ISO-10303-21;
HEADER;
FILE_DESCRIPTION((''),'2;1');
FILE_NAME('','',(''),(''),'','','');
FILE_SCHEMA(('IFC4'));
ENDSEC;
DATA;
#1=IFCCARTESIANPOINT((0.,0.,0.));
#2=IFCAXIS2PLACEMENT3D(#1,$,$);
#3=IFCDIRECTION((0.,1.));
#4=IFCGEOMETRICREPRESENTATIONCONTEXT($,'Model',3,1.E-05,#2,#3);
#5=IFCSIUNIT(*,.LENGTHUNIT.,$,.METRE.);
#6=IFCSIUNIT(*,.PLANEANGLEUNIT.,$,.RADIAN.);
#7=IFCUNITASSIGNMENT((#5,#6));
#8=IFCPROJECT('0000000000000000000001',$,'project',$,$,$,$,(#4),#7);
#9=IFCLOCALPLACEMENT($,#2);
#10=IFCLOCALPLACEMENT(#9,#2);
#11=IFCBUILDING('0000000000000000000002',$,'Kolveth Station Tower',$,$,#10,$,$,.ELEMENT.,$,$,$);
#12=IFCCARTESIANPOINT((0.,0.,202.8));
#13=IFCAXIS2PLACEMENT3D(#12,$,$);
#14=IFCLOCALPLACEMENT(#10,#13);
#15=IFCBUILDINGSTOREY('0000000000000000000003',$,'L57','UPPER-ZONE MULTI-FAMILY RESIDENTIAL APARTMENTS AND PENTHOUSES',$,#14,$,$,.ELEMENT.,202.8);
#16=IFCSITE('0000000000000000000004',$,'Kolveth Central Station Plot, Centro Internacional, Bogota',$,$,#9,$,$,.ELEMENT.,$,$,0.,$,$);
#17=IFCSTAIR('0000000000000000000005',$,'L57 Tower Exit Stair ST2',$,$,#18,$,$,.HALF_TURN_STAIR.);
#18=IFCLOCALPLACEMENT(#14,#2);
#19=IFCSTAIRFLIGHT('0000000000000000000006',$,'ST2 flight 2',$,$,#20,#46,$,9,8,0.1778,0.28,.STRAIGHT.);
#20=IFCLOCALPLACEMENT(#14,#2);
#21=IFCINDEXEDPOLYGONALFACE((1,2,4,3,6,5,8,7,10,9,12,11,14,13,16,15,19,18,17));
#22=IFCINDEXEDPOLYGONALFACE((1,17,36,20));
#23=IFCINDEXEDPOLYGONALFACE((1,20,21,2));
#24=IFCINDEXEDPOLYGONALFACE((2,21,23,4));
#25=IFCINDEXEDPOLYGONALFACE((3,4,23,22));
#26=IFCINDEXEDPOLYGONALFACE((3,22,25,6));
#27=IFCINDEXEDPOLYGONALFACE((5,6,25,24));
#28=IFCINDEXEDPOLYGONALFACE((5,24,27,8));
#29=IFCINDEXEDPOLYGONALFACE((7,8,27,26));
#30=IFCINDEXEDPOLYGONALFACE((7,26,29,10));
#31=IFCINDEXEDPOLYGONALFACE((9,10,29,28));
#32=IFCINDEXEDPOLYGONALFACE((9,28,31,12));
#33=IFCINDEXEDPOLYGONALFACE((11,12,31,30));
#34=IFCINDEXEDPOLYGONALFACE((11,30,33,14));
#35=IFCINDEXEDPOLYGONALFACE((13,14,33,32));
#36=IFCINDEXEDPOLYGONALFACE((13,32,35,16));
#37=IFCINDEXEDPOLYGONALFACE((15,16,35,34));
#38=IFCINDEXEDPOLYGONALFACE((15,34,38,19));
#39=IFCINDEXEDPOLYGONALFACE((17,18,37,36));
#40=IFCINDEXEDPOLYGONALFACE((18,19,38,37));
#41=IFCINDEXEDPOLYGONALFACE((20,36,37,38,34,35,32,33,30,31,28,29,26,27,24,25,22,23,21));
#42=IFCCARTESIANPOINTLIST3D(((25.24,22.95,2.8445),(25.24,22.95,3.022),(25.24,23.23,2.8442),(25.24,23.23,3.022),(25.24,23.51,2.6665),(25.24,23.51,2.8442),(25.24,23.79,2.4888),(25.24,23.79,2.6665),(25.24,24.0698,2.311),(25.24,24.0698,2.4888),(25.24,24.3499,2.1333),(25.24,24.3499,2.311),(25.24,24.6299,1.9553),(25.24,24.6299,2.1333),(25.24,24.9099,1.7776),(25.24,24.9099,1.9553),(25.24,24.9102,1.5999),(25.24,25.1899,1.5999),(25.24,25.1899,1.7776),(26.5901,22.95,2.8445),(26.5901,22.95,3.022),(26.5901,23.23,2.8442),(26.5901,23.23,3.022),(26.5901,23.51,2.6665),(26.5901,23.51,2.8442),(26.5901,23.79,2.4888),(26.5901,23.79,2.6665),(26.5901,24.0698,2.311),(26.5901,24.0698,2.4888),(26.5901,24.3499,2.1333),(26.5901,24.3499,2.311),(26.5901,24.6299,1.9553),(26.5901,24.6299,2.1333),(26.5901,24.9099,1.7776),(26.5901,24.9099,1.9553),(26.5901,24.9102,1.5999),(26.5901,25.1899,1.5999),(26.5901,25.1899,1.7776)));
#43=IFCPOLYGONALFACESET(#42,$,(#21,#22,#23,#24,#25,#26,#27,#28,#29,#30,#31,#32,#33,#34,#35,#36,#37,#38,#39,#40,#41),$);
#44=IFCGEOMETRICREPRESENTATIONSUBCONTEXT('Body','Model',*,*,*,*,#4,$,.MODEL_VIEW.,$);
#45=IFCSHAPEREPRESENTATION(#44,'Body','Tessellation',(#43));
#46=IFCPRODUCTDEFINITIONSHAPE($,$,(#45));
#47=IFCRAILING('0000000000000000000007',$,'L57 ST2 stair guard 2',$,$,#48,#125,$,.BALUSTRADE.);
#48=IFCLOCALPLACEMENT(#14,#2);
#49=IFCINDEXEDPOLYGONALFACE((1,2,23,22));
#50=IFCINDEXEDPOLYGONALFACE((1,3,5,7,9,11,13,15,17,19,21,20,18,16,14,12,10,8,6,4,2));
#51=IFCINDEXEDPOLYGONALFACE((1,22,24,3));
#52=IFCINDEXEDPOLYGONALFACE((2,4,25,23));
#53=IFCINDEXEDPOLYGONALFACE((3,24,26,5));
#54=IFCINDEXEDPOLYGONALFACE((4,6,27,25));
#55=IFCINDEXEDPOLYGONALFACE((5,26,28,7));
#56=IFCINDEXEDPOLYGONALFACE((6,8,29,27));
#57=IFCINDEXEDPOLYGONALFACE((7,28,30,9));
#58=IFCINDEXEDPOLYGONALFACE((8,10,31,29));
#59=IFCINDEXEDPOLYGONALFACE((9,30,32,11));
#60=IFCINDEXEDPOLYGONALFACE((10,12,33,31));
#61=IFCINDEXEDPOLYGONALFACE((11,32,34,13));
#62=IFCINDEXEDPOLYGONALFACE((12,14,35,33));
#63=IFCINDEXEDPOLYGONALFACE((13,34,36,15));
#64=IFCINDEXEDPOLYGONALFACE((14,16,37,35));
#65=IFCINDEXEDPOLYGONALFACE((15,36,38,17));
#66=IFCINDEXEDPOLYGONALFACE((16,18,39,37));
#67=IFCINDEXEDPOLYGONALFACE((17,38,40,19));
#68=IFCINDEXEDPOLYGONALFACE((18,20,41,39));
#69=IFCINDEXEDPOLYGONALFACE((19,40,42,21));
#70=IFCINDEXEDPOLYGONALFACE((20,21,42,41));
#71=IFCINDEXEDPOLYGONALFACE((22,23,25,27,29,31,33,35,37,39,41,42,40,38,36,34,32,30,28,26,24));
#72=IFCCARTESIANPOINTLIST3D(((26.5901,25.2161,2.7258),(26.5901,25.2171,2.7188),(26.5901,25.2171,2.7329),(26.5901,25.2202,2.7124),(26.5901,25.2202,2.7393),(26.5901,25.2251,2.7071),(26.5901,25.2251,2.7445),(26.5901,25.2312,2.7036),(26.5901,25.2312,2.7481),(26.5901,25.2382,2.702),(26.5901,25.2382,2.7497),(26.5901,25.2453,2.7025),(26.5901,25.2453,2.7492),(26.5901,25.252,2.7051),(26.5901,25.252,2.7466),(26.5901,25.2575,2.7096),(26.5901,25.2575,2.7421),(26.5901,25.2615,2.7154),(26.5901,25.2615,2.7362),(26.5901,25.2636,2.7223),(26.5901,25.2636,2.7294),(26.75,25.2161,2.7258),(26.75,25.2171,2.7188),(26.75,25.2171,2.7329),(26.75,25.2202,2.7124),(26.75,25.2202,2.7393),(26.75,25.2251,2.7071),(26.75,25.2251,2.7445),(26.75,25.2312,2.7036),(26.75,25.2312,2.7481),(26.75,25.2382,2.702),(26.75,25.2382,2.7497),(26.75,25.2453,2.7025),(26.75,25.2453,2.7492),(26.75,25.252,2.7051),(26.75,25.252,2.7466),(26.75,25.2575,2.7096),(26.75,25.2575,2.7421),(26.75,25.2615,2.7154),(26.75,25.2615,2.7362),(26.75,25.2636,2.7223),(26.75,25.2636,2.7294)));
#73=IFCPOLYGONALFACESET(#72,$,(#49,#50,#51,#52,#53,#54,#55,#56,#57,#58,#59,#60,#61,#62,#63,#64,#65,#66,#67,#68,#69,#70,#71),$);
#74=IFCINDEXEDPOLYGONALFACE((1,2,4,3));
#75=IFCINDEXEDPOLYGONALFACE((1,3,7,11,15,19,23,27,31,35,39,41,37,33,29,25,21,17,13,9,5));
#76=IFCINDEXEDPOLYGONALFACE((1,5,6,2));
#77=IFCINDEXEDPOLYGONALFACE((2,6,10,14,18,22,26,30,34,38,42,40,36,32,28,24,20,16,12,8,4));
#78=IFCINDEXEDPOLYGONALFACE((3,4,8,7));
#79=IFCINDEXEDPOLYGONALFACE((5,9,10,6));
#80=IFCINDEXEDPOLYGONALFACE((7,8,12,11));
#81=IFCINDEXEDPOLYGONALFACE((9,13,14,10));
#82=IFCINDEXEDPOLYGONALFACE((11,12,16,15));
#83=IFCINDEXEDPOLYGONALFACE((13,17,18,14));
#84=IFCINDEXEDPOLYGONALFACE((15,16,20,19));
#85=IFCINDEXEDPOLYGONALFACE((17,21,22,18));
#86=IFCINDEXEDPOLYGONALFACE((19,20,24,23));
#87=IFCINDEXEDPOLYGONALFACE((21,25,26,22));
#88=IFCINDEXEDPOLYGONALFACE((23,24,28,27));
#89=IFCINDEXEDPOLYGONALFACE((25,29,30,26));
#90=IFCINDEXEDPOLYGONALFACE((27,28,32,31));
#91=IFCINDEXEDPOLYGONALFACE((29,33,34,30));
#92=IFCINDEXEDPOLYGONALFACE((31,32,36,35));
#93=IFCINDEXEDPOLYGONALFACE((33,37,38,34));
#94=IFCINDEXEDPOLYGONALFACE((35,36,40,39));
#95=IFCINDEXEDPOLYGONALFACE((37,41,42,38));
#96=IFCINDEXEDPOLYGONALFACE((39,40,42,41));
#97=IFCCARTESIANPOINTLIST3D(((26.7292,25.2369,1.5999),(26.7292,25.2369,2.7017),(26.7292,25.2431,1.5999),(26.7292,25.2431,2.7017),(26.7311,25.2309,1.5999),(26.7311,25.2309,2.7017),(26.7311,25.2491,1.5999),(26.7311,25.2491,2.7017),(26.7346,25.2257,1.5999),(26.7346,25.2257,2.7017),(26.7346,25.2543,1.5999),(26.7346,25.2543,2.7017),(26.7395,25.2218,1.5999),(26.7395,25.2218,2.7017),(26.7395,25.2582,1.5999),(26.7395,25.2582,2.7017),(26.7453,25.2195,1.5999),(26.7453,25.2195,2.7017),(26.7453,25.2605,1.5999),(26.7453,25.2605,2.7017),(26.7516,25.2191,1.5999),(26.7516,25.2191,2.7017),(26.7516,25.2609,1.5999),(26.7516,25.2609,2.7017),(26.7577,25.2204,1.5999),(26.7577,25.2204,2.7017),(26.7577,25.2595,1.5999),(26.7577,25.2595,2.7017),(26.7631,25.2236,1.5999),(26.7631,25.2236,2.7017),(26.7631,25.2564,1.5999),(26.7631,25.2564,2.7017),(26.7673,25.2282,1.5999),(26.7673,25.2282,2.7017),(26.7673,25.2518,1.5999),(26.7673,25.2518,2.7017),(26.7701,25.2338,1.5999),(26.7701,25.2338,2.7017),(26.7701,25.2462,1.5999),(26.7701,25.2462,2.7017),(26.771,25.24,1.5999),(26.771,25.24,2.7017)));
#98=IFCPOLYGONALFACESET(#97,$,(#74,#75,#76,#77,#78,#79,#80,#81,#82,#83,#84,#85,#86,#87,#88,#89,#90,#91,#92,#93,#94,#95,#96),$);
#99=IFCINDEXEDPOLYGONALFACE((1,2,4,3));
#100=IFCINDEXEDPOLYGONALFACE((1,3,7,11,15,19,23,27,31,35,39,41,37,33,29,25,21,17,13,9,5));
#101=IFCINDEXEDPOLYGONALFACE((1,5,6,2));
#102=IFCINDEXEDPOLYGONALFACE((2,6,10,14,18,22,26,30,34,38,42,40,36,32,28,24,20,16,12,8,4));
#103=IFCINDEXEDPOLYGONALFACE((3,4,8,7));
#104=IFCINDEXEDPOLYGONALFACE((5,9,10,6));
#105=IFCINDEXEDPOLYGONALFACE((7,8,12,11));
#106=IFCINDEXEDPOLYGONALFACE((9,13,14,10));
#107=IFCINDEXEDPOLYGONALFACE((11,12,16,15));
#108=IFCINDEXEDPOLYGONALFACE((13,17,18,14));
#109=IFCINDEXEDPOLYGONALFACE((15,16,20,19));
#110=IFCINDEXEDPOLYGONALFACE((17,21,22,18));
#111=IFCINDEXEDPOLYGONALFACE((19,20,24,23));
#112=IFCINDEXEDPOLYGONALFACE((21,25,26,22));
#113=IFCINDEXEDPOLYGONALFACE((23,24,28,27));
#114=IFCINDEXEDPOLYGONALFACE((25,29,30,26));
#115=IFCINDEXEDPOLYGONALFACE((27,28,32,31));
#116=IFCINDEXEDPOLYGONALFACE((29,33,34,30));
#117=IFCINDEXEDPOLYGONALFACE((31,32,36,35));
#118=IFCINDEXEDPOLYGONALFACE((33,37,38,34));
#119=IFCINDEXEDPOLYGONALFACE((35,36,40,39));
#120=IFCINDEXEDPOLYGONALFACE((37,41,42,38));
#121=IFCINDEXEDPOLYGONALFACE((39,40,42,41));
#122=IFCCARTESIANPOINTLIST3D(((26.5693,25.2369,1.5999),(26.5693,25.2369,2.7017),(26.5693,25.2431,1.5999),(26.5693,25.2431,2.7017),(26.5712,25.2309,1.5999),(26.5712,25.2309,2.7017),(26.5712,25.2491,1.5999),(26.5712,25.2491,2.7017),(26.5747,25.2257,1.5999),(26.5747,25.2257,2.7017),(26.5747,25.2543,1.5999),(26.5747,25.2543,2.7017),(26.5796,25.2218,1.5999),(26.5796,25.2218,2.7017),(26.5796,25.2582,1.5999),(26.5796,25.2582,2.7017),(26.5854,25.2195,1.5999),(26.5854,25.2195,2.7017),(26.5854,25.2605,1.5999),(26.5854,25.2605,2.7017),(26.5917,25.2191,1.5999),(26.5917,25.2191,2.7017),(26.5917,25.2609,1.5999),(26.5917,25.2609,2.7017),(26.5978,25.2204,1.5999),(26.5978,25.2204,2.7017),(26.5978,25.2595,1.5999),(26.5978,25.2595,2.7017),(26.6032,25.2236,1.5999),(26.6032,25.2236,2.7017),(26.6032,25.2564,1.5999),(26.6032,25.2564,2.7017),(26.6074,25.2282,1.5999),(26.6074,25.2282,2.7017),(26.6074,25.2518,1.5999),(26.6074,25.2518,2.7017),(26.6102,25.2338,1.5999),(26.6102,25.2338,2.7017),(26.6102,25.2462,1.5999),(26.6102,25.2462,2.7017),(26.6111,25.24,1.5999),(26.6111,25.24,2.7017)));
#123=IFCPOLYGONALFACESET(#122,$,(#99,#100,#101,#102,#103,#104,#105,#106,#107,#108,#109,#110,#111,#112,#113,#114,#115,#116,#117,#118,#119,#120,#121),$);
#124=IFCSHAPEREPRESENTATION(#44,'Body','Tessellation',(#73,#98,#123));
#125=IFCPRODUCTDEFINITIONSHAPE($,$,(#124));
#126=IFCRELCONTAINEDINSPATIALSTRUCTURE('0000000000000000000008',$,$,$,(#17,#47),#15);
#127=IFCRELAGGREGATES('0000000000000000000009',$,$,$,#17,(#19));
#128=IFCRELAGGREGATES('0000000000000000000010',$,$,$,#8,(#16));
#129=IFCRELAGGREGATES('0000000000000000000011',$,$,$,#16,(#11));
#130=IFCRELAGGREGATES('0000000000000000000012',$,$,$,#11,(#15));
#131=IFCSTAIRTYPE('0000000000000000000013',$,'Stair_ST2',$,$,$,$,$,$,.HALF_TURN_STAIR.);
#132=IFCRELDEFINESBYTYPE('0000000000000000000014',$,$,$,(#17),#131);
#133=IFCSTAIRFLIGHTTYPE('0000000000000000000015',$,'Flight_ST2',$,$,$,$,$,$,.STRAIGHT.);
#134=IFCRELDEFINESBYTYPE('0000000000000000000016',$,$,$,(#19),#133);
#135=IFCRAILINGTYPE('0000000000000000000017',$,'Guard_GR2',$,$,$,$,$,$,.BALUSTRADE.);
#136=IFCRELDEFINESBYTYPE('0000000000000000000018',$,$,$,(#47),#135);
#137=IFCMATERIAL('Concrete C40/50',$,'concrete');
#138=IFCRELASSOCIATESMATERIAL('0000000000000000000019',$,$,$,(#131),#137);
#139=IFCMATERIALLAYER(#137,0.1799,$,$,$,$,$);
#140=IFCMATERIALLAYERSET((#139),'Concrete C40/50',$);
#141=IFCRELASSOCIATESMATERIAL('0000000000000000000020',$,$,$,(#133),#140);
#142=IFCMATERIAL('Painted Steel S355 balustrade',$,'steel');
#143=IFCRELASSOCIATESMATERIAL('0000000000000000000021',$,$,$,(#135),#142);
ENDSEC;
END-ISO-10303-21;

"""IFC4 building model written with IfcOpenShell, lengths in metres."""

from ifc_helpers import new_model, si_unit, direction, frame, origin, origin_2d, place, context, subcontext, project, spatial, polyline, circle, outline, extrude, material, layer, layer_set, type_object, element, aggregate, save


model = new_model("IFC4")

# Units and contexts
model_context = context("Model", 3, precision=1e-05, world=origin(), true_north=direction((0.0, 1.0)))
body_context = subcontext(model_context, "Body", "Model", "MODEL_VIEW")
ifc_project = project(units=[si_unit("LENGTHUNIT", "METRE"), si_unit("PLANEANGLEUNIT", "RADIAN")], contexts=[model_context])

# Site, building, storey
site_placement = place(None, origin())
site = spatial("IfcSite", under=ifc_project, at=site_placement, Name="Kolveth Central Station Plot, Centro Internacional, Bogota", CompositionType="ELEMENT", RefElevation=0.0)
building_placement = place(site_placement, origin())
building = spatial("IfcBuilding", under=site, at=building_placement, Name="Kolveth Station Tower", CompositionType="ELEMENT")
storey_placement = place(building_placement, frame((0.0, 0.0, 202.8)))
storey = spatial("IfcBuildingStorey", under=building, at=storey_placement, Name="L57", Description="UPPER-ZONE MULTI-FAMILY RESIDENTIAL APARTMENTS AND PENTHOUSES", CompositionType="ELEMENT", Elevation=202.8)

# Stair, stair flight
ifc_material_1 = material(Name="Concrete C40/50", Category="concrete")
stair_type = type_object("IfcStairType", Name="Stair_ST2", PredefinedType="HALF_TURN_STAIR", material=ifc_material_1)
stair_placement = place(storey_placement, origin())
stair = element("IfcStair", 1, at=stair_placement, inside=storey, type_object=stair_type, Name="L57 Tower Exit Stair ST2", PredefinedType="HALF_TURN_STAIR")
ifc_layer_1 = layer(ifc_material_1, 0.1799)
ifc_layer_set_1 = layer_set([ifc_layer_1], Name="Concrete C40/50")
stair_flight_type = type_object("IfcStairFlightType", Name="Flight_ST2", PredefinedType="STRAIGHT", material=ifc_layer_set_1)
stair_flight_placement = place(storey_placement, frame((25.915, 25.1899, 1.5999), z_axis=(0.0, 0.0, 1.0), x_axis=(0.0, -1.0, 0.0)))
stair_flight = element("IfcStairFlight", 2, at=stair_flight_placement, type_object=stair_flight_type, Name="ST2 flight 2", NumberOfRisers=9, NumberOfTreads=8, PredefinedType="STRAIGHT", RiserHeight=0.1778, TreadLength=0.28, context=body_context, shape_type="SweptSolid", body=[
    extrude(outline(polyline([(0.0, 0.0), (0.0, 0.1777), (0.28, 0.1777), (0.28, 0.3555), (0.5601, 0.3555), (0.5601, 0.5334), (0.8401, 0.5334), (0.8401, 0.7112), (1.1201, 0.7112), (1.1201, 0.8889), (1.3999, 0.8889), (1.3999, 1.0667), (1.6799, 1.0667), (1.6799, 1.2444), (1.96, 1.2444), (1.96, 1.4221), (2.24, 1.4221), (2.24, 1.6001), (2.24, 1.2446), (0.2798, 0.0), (0.0, 0.0)])), frame((0.0, 0.675, 0.0), z_axis=(0.0, -1.0, 0.0), x_axis=(1.0, 0.0, 0.0)), (0.0, 0.0, 1.0), 1.3501),
])
aggregate(stair, [stair_flight])

# Railing
ifc_material_2 = material(Name="Painted Steel S355 balustrade", Category="steel")
railing_type_1 = type_object("IfcRailingType", Name="Guard_GR2", PredefinedType="BALUSTRADE", material=ifc_material_2)
railing_1_placement = place(storey_placement, frame((26.75, 25.24, 1.5999)))
element("IfcRailing", 3, at=railing_1_placement, inside=storey, type_object=railing_type_1, Name="L57 ST2 stair guard 2", PredefinedType="BALUSTRADE", context=body_context, shape_type="SweptSolid", body=[
    extrude(circle(Radius=0.0239, at=origin_2d()), frame((0.0, 0.0, 1.126), z_axis=(-1.0, 0.0, 0.0), x_axis=(0.0, -1.0, 0.0)), (0.0, 0.0, 1.0), 0.1599),
    extrude(circle(Radius=0.021, at=origin_2d()), origin(), (0.0, 0.0, 1.0), 1.1018),
    extrude(circle(Radius=0.021, at=origin_2d()), frame((-0.1599, 0.0, 0.0)), (0.0, 0.0, 1.0), 1.1018),
])

save(model, "model.ifc")
